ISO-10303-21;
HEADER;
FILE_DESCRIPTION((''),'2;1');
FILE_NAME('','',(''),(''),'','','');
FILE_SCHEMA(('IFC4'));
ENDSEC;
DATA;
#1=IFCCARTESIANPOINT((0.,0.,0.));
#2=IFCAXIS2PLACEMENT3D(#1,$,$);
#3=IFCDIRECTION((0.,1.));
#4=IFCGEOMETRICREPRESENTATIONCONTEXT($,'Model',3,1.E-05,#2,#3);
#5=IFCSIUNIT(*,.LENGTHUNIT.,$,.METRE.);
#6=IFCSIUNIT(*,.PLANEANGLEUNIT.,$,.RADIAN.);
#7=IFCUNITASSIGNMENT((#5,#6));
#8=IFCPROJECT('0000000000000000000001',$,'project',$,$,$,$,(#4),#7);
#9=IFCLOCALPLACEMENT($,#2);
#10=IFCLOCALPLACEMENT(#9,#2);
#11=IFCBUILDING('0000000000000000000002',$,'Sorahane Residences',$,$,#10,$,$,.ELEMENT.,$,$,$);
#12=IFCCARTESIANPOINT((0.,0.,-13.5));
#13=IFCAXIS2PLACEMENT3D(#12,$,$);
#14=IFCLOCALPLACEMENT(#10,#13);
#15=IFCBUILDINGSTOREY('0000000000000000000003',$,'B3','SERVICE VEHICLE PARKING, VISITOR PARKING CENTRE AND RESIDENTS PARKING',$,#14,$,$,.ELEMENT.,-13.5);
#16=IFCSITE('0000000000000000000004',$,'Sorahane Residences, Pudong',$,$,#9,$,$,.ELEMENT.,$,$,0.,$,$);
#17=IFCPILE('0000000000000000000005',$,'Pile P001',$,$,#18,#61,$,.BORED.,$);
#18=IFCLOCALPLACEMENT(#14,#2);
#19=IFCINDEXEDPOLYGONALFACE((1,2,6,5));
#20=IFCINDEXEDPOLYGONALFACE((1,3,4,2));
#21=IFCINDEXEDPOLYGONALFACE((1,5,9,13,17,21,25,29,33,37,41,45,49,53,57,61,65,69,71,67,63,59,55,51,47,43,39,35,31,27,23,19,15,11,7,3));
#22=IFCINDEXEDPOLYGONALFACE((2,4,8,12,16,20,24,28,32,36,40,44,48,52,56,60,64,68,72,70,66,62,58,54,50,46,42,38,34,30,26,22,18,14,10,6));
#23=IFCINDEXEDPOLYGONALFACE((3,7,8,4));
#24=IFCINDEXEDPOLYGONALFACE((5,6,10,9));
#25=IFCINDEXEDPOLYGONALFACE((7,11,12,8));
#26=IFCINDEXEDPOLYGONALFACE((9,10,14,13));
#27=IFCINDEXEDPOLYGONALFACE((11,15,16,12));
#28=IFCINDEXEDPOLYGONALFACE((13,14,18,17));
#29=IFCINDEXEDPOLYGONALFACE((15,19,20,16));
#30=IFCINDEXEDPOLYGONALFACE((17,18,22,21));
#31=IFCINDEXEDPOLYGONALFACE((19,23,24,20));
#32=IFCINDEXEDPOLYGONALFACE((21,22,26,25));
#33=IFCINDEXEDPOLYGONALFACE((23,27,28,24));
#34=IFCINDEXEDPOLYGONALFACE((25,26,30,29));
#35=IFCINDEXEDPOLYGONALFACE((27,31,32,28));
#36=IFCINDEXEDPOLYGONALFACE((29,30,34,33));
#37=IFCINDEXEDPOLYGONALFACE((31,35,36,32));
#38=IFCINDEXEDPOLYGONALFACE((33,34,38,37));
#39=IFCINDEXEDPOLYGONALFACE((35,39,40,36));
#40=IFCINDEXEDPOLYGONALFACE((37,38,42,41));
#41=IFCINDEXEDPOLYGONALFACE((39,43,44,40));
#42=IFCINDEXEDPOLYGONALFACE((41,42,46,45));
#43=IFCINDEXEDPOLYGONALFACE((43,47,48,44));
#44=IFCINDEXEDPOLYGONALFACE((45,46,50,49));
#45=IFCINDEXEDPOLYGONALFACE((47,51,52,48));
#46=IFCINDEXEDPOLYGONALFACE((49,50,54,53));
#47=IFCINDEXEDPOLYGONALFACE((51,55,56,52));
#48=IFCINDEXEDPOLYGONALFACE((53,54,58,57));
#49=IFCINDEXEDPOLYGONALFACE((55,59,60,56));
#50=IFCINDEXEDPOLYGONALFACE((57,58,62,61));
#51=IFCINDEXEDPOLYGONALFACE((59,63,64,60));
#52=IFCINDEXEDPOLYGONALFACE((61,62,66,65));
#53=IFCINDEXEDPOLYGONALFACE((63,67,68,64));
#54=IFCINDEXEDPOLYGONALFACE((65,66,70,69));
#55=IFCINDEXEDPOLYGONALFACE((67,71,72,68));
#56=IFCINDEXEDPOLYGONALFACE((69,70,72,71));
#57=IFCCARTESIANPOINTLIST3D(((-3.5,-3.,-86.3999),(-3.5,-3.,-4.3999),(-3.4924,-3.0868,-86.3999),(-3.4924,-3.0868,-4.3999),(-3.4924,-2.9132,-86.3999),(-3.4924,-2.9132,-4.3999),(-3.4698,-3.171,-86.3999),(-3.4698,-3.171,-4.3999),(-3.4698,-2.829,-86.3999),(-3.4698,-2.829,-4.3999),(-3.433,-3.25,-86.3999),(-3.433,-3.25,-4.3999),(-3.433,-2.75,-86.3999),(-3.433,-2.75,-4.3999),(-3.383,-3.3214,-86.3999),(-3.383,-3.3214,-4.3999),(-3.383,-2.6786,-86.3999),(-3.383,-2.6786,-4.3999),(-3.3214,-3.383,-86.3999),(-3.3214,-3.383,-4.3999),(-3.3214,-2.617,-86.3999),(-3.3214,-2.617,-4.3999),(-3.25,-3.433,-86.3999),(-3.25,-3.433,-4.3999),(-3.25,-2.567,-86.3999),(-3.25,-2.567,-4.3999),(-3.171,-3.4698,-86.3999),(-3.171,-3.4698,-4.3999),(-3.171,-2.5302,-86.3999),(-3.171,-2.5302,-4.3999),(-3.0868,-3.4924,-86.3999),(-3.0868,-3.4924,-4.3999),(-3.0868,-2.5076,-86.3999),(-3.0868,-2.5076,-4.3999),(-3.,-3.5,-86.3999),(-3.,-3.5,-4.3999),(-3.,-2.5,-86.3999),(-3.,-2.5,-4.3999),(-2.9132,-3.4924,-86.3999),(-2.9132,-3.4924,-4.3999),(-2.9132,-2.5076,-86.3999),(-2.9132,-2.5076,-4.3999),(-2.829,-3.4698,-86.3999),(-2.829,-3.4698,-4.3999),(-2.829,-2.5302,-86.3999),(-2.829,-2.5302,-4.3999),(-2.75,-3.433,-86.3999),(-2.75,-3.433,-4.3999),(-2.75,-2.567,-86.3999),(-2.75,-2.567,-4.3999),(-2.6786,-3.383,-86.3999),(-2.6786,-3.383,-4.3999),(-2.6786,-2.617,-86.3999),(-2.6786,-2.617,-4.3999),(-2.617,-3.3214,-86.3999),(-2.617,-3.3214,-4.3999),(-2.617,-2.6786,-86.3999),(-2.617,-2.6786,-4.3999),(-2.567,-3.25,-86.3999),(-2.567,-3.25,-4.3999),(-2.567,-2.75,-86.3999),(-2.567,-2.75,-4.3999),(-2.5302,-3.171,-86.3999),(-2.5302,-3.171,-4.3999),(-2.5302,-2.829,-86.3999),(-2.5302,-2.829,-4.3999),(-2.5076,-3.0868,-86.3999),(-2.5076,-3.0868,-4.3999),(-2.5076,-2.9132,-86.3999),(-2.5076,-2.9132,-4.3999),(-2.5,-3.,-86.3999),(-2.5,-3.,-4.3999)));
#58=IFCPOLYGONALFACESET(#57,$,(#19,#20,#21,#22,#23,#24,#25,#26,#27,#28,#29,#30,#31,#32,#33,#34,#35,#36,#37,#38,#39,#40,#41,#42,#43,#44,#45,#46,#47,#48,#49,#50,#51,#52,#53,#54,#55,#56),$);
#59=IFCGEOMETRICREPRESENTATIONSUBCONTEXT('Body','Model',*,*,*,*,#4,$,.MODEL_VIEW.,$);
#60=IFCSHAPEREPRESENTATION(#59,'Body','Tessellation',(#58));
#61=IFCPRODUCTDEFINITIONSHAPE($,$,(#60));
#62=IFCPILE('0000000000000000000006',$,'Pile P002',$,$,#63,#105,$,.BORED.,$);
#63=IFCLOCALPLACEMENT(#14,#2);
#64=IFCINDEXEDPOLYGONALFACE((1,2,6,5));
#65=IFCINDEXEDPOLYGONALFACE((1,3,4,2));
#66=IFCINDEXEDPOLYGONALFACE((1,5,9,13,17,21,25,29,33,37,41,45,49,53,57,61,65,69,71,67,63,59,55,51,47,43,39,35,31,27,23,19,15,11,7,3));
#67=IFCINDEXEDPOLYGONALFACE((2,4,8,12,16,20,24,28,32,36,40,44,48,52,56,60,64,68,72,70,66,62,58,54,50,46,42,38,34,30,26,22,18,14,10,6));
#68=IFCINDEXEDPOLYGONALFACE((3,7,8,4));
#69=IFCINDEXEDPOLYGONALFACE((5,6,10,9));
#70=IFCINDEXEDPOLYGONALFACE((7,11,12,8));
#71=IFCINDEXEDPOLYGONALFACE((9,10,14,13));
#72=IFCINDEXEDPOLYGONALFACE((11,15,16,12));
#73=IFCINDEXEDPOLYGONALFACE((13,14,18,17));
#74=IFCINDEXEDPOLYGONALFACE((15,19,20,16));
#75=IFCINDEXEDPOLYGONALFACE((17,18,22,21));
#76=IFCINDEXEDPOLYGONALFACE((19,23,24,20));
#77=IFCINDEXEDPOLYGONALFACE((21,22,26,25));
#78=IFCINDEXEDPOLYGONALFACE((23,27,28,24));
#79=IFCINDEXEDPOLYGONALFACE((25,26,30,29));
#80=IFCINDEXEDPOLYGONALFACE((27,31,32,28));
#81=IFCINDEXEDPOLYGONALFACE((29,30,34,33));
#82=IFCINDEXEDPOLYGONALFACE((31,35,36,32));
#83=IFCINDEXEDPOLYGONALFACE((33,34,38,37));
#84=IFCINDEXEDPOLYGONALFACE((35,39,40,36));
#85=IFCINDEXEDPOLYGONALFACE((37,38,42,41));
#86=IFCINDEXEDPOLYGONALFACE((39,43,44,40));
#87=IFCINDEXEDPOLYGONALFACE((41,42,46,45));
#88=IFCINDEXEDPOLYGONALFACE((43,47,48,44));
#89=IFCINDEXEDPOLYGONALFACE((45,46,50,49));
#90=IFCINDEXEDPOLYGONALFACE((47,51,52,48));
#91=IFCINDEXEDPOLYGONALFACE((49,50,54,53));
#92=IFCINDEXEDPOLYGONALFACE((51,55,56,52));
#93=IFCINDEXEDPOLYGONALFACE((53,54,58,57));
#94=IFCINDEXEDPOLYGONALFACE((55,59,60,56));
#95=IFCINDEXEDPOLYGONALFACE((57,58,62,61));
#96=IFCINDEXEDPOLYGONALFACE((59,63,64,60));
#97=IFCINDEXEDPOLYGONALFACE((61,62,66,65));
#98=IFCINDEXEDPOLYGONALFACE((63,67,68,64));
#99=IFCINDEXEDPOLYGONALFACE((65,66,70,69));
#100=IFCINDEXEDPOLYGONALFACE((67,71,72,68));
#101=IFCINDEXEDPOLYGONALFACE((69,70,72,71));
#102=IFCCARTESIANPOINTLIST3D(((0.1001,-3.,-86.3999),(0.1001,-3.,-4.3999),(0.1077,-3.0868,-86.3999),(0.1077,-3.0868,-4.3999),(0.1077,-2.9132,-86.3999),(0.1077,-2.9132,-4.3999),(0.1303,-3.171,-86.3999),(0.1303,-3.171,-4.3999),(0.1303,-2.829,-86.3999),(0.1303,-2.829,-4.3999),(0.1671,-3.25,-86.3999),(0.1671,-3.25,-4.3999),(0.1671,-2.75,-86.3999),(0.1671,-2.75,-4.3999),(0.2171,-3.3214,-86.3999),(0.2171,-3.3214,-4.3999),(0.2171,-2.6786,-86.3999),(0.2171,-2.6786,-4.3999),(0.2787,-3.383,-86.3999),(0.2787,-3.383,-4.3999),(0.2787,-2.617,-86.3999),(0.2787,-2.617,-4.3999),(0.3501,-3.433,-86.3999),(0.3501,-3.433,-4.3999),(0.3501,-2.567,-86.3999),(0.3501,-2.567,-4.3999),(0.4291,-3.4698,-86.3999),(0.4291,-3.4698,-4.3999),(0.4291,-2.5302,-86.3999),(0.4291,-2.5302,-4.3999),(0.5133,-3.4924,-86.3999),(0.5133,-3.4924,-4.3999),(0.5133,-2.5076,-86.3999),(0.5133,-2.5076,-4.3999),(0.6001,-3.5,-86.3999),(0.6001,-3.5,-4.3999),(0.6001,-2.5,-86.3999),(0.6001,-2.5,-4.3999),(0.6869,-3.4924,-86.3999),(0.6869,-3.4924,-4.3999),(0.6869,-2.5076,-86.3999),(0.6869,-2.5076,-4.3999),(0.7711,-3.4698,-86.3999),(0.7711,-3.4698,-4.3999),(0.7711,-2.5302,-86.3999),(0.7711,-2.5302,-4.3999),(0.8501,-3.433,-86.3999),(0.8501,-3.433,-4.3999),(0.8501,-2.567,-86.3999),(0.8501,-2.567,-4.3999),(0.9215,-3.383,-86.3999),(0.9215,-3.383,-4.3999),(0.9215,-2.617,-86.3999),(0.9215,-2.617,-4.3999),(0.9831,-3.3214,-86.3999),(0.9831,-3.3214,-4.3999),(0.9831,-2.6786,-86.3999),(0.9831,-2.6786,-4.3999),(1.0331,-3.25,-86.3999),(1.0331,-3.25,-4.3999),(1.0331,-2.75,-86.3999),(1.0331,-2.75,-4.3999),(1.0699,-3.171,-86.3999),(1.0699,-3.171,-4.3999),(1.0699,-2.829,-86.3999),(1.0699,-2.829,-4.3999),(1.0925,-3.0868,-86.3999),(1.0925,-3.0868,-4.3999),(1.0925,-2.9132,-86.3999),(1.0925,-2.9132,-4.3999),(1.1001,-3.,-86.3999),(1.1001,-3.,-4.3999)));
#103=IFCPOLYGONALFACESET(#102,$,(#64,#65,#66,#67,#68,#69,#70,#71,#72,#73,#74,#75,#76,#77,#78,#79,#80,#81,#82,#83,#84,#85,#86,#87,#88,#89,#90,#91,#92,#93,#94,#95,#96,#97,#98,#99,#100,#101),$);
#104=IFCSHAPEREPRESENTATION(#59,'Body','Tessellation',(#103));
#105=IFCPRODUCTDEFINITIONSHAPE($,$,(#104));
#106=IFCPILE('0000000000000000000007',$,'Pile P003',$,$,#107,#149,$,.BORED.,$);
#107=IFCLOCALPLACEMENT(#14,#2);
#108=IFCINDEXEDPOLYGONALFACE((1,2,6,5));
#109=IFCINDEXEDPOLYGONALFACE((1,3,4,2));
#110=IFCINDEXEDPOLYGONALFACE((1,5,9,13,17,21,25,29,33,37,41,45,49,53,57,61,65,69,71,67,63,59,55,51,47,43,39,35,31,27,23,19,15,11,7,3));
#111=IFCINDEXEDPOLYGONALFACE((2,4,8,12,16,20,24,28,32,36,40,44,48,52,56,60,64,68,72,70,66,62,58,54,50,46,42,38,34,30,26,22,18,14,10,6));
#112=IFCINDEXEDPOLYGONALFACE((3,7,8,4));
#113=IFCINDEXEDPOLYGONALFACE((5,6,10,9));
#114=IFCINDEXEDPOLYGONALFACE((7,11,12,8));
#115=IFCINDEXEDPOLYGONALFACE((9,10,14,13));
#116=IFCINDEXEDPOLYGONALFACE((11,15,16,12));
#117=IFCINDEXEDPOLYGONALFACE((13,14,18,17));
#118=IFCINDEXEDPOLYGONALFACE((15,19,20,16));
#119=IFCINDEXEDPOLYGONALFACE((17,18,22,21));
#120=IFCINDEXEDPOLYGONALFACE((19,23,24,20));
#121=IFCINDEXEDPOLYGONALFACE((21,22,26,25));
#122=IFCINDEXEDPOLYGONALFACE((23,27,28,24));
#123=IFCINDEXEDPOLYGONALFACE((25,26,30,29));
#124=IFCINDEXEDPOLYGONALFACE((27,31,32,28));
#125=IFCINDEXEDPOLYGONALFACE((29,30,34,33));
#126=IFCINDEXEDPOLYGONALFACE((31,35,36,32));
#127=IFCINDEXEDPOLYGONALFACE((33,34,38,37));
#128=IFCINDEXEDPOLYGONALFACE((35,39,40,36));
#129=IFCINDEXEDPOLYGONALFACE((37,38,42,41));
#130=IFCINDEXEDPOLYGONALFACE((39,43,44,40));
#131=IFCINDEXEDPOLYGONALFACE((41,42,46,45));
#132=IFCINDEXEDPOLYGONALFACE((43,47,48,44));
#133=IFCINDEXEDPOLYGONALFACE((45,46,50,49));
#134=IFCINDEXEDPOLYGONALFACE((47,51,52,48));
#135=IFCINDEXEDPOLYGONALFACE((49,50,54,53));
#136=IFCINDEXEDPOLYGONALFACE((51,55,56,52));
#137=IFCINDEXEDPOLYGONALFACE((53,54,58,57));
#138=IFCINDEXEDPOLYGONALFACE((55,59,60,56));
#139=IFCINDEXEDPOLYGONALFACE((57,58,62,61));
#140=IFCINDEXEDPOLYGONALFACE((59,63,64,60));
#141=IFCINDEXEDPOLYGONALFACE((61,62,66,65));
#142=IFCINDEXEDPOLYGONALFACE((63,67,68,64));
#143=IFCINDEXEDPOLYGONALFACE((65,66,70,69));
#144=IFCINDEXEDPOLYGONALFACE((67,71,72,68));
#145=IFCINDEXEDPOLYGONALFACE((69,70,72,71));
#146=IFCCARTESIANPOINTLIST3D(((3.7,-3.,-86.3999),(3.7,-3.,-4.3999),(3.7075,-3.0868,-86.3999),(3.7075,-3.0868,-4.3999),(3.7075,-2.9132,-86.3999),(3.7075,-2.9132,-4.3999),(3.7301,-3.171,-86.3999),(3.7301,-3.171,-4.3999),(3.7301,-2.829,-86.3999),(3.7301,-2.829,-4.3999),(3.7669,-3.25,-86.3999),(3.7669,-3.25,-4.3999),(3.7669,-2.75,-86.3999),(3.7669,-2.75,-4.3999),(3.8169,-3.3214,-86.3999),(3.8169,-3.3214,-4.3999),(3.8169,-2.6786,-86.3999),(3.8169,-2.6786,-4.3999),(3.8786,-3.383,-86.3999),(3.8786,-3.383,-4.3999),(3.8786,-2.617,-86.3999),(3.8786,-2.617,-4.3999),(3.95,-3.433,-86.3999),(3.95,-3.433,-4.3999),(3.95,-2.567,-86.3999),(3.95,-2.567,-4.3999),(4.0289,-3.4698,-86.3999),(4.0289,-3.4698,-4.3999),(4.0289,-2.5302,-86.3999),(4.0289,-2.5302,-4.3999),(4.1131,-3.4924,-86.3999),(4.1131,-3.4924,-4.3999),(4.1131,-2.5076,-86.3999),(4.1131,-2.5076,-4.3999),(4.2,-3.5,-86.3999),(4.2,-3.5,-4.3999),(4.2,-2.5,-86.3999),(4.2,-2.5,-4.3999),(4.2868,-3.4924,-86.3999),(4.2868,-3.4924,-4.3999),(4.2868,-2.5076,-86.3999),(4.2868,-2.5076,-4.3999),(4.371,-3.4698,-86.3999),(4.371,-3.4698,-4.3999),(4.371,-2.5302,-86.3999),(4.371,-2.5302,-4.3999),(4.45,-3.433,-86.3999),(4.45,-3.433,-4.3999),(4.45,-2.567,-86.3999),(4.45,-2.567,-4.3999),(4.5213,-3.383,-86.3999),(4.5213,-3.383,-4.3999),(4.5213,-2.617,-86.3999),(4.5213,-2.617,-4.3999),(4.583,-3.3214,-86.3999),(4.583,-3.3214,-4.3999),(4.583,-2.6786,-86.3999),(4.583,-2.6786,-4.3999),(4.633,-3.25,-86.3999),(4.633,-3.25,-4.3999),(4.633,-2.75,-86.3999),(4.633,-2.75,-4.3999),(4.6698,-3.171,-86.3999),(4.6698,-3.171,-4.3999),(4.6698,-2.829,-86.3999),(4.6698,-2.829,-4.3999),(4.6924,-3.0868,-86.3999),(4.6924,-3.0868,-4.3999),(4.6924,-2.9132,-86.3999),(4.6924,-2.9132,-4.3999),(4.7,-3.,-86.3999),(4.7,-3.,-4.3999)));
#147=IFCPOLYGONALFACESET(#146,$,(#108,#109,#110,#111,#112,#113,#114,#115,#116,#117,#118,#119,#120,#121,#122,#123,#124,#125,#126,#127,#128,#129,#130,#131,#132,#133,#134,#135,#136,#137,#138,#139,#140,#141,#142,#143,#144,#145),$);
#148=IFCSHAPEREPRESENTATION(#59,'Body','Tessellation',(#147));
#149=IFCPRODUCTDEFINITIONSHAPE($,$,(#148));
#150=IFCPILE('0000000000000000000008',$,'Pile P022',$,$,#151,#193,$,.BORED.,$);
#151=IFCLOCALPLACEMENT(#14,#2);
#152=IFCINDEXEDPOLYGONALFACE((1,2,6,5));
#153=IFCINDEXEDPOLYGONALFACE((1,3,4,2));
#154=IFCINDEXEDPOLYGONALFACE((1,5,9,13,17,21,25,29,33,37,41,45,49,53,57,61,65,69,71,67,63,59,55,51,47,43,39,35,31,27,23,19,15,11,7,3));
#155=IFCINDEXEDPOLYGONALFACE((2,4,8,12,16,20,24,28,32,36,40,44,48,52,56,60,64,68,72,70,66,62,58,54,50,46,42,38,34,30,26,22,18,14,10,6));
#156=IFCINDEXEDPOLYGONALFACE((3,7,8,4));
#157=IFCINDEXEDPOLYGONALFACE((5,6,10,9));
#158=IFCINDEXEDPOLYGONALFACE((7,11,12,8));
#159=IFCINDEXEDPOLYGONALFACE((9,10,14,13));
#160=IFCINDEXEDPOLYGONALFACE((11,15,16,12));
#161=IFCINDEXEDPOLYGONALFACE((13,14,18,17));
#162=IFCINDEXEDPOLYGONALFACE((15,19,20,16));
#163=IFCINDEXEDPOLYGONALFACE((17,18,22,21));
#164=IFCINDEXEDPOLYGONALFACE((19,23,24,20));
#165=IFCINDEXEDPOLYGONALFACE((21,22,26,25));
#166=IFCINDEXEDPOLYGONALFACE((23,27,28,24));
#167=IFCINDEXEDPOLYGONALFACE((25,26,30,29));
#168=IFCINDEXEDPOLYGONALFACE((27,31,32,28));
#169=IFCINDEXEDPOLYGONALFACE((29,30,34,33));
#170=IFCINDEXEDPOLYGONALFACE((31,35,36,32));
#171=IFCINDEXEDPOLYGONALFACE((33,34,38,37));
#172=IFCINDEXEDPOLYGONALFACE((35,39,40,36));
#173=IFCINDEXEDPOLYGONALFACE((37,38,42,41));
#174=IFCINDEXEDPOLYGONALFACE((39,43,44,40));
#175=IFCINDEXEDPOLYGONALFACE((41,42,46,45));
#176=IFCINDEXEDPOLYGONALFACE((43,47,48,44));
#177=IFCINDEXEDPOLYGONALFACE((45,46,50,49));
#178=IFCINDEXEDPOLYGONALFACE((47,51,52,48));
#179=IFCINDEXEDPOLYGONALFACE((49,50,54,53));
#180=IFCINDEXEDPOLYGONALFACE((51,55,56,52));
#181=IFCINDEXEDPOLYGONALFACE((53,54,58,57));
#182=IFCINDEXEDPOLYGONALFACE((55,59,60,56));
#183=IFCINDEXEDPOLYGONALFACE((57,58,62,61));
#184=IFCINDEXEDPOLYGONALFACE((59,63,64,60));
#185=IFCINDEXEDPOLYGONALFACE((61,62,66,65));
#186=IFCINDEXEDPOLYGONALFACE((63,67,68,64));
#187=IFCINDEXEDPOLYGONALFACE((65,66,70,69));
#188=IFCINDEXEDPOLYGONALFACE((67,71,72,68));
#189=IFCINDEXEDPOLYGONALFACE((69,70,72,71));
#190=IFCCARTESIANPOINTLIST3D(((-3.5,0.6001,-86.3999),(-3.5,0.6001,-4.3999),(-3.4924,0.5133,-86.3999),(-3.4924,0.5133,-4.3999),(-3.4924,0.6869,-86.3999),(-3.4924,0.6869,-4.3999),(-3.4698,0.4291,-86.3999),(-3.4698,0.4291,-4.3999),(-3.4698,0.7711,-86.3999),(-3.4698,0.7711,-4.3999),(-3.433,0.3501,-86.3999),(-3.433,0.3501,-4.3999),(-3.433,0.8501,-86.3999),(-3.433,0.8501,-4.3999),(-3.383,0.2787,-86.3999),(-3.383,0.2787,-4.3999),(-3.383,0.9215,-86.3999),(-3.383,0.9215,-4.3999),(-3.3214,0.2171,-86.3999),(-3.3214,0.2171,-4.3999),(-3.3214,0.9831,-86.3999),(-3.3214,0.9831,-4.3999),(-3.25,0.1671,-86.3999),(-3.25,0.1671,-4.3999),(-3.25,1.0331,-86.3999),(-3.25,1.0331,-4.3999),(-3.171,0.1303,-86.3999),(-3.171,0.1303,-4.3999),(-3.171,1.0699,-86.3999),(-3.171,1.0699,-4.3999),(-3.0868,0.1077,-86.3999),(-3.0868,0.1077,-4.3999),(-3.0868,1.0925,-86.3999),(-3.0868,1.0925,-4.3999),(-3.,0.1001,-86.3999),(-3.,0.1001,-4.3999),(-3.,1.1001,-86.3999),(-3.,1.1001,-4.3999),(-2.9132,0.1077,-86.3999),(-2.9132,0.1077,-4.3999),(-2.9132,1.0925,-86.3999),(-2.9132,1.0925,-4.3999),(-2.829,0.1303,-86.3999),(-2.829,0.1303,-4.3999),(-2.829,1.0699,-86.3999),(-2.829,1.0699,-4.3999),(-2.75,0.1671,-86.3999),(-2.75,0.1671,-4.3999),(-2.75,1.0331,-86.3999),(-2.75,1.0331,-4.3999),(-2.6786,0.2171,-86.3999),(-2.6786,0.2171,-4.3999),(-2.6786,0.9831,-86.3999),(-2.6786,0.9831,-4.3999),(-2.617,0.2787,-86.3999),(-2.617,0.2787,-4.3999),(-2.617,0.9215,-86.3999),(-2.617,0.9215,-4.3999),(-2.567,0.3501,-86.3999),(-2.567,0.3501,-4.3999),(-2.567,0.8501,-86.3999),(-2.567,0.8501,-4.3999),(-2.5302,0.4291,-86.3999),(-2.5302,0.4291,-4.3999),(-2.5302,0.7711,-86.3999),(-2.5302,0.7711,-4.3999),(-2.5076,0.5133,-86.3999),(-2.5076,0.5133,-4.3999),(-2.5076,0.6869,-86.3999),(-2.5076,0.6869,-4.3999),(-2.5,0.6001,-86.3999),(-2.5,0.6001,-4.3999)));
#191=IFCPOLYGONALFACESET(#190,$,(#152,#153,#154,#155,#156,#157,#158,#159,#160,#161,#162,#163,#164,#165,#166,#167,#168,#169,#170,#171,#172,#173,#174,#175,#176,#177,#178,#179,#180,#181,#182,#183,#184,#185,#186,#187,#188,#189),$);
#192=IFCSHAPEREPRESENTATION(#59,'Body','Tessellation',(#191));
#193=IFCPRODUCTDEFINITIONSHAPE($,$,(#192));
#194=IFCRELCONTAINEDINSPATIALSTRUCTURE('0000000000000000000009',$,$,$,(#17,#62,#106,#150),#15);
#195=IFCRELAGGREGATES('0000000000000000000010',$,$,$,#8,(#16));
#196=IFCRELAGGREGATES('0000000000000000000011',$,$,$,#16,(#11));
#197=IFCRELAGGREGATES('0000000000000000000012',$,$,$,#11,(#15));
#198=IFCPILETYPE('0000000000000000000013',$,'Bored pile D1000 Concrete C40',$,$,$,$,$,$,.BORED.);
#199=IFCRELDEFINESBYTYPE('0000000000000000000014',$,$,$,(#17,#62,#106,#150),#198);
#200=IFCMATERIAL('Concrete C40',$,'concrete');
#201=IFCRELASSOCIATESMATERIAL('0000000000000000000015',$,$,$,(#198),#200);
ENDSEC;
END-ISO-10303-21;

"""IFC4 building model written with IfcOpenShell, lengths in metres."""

from ifc_helpers import new_model, si_unit, direction, frame, origin, origin_2d, place, context, subcontext, project, spatial, circle, extrude, material, material_profile, profile_set, type_object, element, save


model = new_model("IFC4")

# Units and contexts
model_context = context("Model", 3, precision=1e-05, world=origin(), true_north=direction((0.0, 1.0)))
body_context = subcontext(model_context, "Body", "Model", "MODEL_VIEW")
ifc_project = project(units=[si_unit("LENGTHUNIT", "METRE"), si_unit("PLANEANGLEUNIT", "RADIAN")], contexts=[model_context])

# Site, building, storey
site_placement = place(None, origin())
site = spatial("IfcSite", under=ifc_project, at=site_placement, Name="Sorahane Residences, Pudong", CompositionType="ELEMENT", RefElevation=0.0)
building_placement = place(site_placement, origin())
building = spatial("IfcBuilding", under=site, at=building_placement, Name="Sorahane Residences", CompositionType="ELEMENT")
storey_placement = place(building_placement, frame((0.0, 0.0, -13.5)))
storey = spatial("IfcBuildingStorey", under=building, at=storey_placement, Name="B3", Description="SERVICE VEHICLE PARKING, VISITOR PARKING CENTRE AND RESIDENTS PARKING", CompositionType="ELEMENT", Elevation=-13.5)

# Piles
ifc_material_1 = material(Name="Concrete C40", Category="concrete")
ifc_material_profile_1 = material_profile(ifc_material_1, circle(Radius=0.5, at=origin_2d()), Name="D1000")
ifc_profile_set_1 = profile_set([ifc_material_profile_1], Name="Concrete C40")
pile_type = type_object("IfcPileType", Name="Bored pile D1000 Concrete C40", PredefinedType="BORED", material=ifc_profile_set_1)
for number, where, z_axis, x_axis, name in (
    (1, (-3.0, -3.0, -4.3999), (0.0, 0.0, -1.0), (1.0, 0.0, 0.0), "Pile P001"),
    (2, (0.6001, -3.0, -4.3999), (0.0, 0.0, -1.0), (1.0, 0.0, 0.0), "Pile P002"),
    (3, (4.2, -3.0, -4.3999), (0.0, 0.0, -1.0), (1.0, 0.0, 0.0), "Pile P003"),
    (4, (-3.0, 0.6001, -4.3999), (0.0, 0.0, -1.0), (1.0, 0.0, 0.0), "Pile P022"),
):
    element("IfcPile", number, at=place(storey_placement, frame(where, z_axis=z_axis, x_axis=x_axis)), inside=storey, type_object=pile_type, Name=name, PredefinedType="BORED", context=body_context, shape_type="SweptSolid", body=[
        extrude(circle(Radius=0.5, at=origin_2d()), origin(), (0.0, 0.0, 1.0), 82.0),
    ])

save(model, "model.ifc")
